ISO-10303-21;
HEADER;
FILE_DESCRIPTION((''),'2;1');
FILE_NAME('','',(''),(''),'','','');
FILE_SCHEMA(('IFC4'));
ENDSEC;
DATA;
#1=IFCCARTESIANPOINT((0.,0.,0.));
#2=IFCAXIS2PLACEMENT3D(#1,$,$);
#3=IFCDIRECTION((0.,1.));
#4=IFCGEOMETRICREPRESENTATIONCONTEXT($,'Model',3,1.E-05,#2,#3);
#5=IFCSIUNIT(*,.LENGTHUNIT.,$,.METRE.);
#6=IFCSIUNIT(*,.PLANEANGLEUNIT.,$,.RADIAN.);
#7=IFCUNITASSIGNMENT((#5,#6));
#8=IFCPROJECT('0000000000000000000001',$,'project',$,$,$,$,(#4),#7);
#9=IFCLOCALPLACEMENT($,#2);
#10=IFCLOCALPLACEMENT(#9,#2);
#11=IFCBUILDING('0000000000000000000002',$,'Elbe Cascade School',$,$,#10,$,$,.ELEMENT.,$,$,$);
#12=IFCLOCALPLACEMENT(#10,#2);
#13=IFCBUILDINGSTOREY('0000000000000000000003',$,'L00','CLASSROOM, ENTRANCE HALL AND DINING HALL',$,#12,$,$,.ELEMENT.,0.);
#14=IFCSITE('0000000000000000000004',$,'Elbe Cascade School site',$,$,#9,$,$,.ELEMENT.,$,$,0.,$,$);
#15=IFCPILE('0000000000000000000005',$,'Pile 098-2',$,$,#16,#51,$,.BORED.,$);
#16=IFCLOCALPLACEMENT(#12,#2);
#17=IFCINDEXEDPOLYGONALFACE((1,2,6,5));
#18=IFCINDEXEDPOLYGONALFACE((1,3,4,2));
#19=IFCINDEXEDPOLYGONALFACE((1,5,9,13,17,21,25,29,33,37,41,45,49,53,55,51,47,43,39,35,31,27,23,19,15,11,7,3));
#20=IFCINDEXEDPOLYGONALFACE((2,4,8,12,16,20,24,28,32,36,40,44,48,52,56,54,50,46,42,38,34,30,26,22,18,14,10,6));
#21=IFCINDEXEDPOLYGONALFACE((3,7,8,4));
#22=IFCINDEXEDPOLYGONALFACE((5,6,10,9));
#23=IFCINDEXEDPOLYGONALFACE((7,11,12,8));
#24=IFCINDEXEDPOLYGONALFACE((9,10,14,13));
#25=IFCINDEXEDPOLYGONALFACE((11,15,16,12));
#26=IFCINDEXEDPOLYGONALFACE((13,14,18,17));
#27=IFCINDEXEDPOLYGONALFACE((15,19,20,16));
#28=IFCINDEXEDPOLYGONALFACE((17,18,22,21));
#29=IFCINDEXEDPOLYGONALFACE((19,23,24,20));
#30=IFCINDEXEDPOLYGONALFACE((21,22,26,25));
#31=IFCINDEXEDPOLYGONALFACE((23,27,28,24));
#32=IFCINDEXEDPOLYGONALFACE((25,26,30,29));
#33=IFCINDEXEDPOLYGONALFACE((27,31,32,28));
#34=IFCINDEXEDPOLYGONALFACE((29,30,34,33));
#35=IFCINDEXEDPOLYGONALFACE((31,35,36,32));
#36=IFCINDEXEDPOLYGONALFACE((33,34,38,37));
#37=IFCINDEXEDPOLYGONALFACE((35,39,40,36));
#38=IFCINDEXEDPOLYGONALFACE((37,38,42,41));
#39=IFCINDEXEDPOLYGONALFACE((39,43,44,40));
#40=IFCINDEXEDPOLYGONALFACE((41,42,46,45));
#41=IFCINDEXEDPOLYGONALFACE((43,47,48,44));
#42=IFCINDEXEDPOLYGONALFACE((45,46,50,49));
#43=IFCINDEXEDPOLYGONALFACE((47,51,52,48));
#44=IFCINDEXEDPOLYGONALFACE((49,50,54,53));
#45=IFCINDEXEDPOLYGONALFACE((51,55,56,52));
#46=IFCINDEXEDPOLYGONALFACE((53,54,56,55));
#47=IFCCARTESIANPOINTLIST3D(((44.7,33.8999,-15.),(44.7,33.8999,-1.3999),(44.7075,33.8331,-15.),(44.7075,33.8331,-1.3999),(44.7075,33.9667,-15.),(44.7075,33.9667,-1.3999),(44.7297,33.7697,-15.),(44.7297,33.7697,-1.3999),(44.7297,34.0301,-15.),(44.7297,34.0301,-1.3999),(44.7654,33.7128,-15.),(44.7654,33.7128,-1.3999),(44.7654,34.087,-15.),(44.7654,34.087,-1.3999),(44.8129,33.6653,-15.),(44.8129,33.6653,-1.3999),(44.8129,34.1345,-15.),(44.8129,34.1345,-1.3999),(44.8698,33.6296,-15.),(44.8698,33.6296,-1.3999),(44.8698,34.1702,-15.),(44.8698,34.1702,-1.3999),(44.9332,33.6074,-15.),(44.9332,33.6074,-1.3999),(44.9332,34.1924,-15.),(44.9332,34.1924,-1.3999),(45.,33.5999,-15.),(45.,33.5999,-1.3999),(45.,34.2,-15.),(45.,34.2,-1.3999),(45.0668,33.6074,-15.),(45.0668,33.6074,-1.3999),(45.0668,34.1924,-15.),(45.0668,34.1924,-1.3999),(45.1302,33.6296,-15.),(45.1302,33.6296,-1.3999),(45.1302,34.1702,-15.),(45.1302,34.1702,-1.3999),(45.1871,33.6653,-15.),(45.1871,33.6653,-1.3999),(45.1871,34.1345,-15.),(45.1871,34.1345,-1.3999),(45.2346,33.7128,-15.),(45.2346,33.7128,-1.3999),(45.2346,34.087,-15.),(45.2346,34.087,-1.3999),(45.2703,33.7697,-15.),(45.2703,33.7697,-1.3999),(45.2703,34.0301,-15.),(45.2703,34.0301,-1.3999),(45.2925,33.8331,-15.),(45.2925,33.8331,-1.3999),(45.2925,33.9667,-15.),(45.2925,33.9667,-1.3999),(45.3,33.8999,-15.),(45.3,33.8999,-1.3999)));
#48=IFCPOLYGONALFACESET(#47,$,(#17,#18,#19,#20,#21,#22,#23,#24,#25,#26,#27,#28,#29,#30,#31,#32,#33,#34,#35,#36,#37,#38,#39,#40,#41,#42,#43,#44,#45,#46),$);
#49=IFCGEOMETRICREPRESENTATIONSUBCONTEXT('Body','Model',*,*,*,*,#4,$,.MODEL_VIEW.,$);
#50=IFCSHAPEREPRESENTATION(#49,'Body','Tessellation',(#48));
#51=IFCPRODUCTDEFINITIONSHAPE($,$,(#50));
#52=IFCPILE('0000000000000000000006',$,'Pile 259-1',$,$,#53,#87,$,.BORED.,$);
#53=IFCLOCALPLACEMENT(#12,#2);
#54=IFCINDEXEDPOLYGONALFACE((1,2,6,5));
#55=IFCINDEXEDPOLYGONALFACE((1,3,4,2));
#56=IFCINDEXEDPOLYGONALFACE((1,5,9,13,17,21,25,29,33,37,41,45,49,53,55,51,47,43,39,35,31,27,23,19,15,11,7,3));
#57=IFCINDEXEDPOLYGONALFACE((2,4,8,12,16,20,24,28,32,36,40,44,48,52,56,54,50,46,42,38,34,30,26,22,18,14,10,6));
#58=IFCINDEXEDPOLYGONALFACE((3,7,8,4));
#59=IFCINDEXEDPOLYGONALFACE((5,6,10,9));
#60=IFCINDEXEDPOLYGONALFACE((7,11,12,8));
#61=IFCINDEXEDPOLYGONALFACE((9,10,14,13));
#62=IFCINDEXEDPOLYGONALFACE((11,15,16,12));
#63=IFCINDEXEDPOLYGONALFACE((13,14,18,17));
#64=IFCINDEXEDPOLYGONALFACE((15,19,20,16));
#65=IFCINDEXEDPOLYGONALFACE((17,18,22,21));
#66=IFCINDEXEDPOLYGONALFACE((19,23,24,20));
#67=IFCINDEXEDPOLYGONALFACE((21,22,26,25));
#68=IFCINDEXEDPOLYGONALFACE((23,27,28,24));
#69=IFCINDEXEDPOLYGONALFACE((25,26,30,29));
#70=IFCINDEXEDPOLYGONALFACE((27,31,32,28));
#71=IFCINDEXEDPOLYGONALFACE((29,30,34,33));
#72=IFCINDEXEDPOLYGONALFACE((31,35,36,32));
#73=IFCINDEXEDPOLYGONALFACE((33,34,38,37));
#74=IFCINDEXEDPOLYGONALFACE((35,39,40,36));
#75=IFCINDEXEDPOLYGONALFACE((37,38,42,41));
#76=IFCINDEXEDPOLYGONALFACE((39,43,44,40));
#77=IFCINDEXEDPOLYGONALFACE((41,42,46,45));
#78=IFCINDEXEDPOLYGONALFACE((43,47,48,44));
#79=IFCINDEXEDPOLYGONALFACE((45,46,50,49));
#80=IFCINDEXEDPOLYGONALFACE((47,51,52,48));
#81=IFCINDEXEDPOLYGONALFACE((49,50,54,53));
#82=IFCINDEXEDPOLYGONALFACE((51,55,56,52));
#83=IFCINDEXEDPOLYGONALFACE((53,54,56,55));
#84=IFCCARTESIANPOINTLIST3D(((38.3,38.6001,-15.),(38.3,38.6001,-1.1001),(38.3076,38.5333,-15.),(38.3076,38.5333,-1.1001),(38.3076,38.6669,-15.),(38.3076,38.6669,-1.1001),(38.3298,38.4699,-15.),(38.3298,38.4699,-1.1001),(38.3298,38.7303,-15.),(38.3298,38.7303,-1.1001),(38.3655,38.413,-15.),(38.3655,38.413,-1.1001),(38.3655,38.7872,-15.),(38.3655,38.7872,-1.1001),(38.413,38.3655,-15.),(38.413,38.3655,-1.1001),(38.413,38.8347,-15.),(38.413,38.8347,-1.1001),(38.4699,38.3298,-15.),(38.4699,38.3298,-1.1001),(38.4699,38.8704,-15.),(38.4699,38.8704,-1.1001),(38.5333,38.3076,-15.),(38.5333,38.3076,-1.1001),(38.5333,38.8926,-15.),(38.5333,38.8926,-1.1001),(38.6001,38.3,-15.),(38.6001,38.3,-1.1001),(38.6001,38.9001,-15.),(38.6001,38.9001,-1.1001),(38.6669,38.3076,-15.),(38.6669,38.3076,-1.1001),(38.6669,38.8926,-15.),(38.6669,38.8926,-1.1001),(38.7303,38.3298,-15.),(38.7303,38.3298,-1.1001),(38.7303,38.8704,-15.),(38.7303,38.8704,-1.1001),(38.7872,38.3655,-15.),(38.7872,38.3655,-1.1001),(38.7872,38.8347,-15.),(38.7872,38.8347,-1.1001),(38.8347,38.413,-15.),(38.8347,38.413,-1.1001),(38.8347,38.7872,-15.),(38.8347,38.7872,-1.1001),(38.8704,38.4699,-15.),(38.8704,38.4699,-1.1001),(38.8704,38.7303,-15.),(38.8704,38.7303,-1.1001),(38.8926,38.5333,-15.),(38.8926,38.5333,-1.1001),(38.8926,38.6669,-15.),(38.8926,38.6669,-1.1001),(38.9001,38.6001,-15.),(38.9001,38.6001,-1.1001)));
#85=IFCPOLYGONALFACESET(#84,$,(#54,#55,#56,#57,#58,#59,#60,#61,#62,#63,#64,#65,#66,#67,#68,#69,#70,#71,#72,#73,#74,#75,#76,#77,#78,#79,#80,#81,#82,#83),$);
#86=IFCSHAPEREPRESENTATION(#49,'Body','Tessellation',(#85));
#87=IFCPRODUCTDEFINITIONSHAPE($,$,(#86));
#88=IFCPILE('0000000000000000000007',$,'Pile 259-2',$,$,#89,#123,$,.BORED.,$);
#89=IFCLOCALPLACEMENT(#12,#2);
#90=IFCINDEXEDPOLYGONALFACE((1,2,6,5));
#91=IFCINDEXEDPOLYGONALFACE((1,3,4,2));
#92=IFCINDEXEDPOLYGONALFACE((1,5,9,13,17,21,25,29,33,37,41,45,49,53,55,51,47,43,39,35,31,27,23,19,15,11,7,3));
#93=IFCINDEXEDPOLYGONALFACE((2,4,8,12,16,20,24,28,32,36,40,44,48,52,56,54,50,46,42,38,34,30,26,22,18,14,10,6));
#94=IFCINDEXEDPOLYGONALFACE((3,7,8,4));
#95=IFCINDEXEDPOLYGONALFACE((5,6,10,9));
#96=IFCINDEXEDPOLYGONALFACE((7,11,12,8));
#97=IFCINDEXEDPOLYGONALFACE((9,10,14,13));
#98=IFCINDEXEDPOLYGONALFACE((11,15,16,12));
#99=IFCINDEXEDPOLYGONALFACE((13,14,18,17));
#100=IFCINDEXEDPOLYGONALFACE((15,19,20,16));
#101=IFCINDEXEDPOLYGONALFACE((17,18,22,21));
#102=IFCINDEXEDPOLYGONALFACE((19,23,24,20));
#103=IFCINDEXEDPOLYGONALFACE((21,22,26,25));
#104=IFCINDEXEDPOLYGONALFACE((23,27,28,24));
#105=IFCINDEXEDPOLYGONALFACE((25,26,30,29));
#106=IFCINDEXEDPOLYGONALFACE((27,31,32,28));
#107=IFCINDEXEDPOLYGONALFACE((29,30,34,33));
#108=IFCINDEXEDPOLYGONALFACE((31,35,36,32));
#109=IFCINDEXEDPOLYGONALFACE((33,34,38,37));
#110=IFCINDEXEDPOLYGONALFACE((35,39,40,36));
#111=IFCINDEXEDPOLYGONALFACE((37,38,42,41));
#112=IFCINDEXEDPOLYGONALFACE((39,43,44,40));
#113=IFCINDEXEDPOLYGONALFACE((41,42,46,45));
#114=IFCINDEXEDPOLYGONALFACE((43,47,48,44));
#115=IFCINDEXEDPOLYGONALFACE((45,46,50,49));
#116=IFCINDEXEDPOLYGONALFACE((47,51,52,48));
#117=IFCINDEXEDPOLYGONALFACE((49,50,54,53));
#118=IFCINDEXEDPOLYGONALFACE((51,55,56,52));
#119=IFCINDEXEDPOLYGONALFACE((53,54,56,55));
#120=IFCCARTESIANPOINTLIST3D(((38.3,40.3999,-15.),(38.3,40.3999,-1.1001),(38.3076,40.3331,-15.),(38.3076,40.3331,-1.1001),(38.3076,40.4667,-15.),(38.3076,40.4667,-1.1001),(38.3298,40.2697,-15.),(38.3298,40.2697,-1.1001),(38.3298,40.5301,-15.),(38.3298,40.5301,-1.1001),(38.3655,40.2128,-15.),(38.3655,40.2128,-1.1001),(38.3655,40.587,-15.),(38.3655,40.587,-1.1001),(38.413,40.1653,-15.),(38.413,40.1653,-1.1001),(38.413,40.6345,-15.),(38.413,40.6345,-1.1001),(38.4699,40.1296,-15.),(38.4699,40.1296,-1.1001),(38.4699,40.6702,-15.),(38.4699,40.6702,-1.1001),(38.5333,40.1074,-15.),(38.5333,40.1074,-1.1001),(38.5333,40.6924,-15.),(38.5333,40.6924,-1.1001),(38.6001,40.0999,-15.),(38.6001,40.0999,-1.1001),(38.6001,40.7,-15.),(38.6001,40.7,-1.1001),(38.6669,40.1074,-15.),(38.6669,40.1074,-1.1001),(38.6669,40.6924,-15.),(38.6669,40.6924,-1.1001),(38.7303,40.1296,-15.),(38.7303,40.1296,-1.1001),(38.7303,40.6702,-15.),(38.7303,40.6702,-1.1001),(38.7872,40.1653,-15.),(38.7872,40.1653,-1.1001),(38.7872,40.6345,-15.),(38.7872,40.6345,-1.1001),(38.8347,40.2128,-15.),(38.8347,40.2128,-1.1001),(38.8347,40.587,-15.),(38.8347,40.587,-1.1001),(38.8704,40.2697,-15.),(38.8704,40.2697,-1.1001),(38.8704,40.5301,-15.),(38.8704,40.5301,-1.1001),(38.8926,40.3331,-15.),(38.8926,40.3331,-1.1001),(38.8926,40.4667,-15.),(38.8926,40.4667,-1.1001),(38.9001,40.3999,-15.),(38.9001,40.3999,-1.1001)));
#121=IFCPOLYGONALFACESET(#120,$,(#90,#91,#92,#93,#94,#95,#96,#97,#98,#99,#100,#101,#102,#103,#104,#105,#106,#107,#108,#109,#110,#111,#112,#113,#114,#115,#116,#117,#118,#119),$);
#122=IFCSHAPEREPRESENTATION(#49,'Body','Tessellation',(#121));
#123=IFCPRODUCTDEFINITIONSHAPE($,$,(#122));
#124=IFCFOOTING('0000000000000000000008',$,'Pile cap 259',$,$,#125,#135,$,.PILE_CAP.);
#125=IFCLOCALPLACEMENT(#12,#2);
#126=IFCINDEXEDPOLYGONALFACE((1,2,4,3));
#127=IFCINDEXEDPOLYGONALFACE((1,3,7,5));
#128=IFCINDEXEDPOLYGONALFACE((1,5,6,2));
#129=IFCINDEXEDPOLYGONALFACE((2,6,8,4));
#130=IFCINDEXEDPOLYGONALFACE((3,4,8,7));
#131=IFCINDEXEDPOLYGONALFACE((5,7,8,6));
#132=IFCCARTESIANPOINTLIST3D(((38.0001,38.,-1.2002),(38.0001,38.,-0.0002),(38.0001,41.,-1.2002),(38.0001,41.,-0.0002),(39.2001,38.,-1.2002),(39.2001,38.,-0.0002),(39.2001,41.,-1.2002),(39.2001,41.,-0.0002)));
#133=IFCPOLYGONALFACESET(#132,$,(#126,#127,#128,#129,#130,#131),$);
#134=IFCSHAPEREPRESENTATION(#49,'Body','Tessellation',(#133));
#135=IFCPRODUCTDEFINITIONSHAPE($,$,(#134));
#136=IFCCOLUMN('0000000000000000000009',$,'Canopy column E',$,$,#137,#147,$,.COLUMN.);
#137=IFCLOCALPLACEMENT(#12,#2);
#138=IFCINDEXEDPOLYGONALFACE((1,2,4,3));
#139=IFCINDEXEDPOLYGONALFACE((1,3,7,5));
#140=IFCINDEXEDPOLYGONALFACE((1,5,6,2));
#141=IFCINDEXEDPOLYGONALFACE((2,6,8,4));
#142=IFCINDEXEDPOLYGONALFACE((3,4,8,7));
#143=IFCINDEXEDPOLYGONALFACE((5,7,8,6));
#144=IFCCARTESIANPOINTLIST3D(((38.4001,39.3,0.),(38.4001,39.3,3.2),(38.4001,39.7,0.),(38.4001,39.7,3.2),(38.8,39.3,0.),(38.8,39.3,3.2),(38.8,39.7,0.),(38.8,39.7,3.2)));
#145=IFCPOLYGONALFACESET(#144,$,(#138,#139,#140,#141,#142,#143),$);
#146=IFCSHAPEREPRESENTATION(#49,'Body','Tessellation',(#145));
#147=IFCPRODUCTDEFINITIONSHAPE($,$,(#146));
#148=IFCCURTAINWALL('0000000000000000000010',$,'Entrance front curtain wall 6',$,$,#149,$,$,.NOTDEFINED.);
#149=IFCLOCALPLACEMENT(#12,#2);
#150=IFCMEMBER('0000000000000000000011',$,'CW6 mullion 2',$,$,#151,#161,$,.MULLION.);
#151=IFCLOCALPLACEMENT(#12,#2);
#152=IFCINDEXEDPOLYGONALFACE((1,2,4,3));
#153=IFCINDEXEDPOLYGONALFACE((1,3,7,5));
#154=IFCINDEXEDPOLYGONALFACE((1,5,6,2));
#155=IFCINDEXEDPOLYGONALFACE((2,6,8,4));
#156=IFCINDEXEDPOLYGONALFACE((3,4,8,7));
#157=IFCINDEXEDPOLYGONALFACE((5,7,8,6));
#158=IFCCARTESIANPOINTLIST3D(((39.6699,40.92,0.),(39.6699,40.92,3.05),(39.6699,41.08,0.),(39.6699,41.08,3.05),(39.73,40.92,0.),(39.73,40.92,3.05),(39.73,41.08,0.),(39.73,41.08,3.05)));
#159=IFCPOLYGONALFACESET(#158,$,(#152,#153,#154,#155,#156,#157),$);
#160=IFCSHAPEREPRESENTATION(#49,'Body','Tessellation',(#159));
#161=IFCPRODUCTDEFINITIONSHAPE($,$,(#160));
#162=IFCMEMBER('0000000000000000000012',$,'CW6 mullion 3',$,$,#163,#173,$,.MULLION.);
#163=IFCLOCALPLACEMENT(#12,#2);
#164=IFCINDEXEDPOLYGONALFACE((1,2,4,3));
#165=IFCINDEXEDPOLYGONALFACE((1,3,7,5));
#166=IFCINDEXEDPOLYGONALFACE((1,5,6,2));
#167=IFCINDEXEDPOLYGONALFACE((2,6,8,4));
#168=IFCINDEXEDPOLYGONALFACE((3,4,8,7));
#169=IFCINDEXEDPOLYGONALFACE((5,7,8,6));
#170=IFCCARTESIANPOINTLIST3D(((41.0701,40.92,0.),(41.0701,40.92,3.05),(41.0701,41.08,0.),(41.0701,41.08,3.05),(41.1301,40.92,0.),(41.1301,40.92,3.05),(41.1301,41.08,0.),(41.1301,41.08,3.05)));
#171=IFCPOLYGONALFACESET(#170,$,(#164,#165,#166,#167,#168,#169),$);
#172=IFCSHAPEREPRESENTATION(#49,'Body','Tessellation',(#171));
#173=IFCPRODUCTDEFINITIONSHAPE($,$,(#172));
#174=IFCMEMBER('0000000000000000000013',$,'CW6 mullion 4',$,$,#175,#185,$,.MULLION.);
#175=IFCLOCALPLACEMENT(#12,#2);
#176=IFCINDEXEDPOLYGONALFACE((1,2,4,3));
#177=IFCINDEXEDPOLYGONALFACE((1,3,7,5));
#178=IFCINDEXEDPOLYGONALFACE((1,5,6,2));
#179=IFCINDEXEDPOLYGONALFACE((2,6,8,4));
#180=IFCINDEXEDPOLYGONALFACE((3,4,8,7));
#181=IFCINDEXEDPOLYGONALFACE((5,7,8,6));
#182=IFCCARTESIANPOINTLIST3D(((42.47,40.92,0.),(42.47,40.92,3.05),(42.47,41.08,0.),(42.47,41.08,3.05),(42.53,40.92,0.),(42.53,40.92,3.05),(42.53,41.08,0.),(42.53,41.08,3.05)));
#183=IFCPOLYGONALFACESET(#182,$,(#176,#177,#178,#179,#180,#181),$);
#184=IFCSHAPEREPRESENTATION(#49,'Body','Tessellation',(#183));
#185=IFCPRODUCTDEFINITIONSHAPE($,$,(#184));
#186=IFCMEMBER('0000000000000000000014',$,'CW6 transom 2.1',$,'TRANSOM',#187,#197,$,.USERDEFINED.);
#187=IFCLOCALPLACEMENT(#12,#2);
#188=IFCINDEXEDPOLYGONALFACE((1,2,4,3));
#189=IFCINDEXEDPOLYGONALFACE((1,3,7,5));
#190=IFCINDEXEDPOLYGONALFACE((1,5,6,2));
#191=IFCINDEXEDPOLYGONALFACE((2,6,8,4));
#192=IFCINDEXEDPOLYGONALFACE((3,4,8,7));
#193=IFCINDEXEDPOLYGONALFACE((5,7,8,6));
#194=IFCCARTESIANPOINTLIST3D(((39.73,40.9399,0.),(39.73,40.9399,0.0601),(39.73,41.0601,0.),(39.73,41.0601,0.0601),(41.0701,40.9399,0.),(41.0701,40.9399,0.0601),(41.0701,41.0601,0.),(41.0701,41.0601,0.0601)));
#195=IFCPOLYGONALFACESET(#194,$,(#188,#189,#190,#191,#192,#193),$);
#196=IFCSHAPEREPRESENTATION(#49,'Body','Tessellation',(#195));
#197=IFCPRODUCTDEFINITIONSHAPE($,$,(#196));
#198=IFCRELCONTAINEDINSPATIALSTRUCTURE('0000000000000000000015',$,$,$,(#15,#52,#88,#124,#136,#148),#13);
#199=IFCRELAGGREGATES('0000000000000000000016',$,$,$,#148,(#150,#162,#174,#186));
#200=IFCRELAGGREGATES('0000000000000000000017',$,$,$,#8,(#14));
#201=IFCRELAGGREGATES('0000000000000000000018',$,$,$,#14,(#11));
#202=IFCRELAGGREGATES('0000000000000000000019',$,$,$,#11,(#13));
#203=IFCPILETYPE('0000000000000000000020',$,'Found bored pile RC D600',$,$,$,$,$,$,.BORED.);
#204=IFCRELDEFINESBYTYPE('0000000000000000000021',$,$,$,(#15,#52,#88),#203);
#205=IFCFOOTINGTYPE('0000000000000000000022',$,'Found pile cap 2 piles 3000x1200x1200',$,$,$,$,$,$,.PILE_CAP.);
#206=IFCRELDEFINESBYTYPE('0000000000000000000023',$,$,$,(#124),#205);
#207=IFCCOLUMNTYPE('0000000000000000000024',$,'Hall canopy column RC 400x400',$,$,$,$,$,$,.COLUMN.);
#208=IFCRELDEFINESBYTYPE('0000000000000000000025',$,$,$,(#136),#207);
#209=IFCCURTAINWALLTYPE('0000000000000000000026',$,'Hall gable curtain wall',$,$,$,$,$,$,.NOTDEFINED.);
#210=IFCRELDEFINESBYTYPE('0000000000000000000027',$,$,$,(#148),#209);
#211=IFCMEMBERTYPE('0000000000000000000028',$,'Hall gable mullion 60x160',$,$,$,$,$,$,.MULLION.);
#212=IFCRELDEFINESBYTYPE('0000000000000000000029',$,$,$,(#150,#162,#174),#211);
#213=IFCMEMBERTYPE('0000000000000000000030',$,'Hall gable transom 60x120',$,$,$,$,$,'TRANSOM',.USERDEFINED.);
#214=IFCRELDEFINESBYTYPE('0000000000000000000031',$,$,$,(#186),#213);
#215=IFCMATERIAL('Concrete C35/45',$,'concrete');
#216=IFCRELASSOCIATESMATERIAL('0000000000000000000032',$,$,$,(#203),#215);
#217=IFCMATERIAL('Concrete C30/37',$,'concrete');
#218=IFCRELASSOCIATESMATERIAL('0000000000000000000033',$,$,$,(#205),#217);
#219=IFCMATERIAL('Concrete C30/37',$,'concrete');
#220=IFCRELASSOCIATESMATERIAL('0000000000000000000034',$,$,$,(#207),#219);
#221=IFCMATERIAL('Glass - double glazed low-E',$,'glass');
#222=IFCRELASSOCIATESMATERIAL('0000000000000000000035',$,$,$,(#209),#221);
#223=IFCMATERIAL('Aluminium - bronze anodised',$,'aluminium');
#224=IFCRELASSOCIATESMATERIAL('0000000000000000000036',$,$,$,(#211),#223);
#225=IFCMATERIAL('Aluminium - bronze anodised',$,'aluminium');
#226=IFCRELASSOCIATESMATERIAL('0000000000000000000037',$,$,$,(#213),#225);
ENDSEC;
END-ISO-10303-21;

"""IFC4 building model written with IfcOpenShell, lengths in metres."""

from ifc_helpers import new_model, si_unit, direction, frame, origin, origin_2d, place, context, subcontext, project, spatial, rectangle, circle, extrude, material, material_profile, profile_set, type_object, element, aggregate, save


model = new_model("IFC4")

# Units and contexts
model_context = context("Model", 3, precision=1e-05, world=origin(), true_north=direction((0.0, 1.0)))
body_context = subcontext(model_context, "Body", "Model", "MODEL_VIEW")
ifc_project = project(units=[si_unit("LENGTHUNIT", "METRE"), si_unit("PLANEANGLEUNIT", "RADIAN")], contexts=[model_context])

# Site, building, storey
site_placement = place(None, origin())
site = spatial("IfcSite", under=ifc_project, at=site_placement, Name="Elbe Cascade School site", CompositionType="ELEMENT", RefElevation=0.0)
building_placement = place(site_placement, origin())
building = spatial("IfcBuilding", under=site, at=building_placement, Name="Elbe Cascade School", CompositionType="ELEMENT")
storey_placement = place(building_placement, origin())
storey = spatial("IfcBuildingStorey", under=building, at=storey_placement, Name="L00", Description="CLASSROOM, ENTRANCE HALL AND DINING HALL", CompositionType="ELEMENT", Elevation=0.0)

# Piles
ifc_material_1 = material(Name="Concrete C35/45", Category="concrete")
ifc_material_profile_1 = material_profile(ifc_material_1, circle(Radius=0.3, at=origin_2d()), Name="RC D600")
ifc_profile_set_1 = profile_set([ifc_material_profile_1], Name="Concrete C35/45")
pile_type = type_object("IfcPileType", Name="Found bored pile RC D600", PredefinedType="BORED", material=ifc_profile_set_1)
pile_placement = place(storey_placement, frame((45.0, 33.8999, -1.3999), z_axis=(0.0, 0.0, -1.0), x_axis=(1.0, 0.0, 0.0)))
element("IfcPile", 1, at=pile_placement, inside=storey, type_object=pile_type, Name="Pile 098-2", PredefinedType="BORED", context=body_context, shape_type="SweptSolid", body=[
    extrude(circle(Radius=0.3, at=origin_2d()), origin(), (0.0, 0.0, 1.0), 13.6001),
])
for number, where, z_axis, x_axis, name in (
    (2, (38.6001, 38.6001, -1.1001), (0.0, 0.0, -1.0), (1.0, 0.0, 0.0), "Pile 259-1"),
    (3, (38.6001, 40.3999, -1.1001), (0.0, 0.0, -1.0), (1.0, 0.0, 0.0), "Pile 259-2"),
):
    element("IfcPile", number, at=place(storey_placement, frame(where, z_axis=z_axis, x_axis=x_axis)), inside=storey, type_object=pile_type, Name=name, PredefinedType="BORED", context=body_context, shape_type="SweptSolid", body=[
        extrude(circle(Radius=0.3, at=origin_2d()), origin(), (0.0, 0.0, 1.0), 13.8999),
    ])

# Footing
ifc_material_2 = material(Name="Concrete C30/37", Category="concrete")
footing_type = type_object("IfcFootingType", Name="Found pile cap 2 piles 3000x1200x1200", PredefinedType="PILE_CAP", material=ifc_material_2)
footing_placement = place(storey_placement, frame((38.6001, 39.5, -1.2002), z_axis=(0.0, 0.0, 1.0), x_axis=(1.0, 0.0, 0.0)))
element("IfcFooting", 4, at=footing_placement, inside=storey, type_object=footing_type, Name="Pile cap 259", PredefinedType="PILE_CAP", context=body_context, shape_type="SweptSolid", body=[
    extrude(rectangle(XDim=1.2, YDim=3.0, at=origin_2d()), origin(), (0.0, 0.0, 1.0), 1.2),
])

# Column
ifc_material_3 = material(Name="Concrete C30/37", Category="concrete")
ifc_material_profile_2 = material_profile(ifc_material_3, rectangle(XDim=0.3999, YDim=0.3999, at=origin_2d()), Name="RC 400x400")
ifc_profile_set_2 = profile_set([ifc_material_profile_2], Name="Concrete C30/37")
column_type = type_object("IfcColumnType", Name="Hall canopy column RC 400x400", PredefinedType="COLUMN", material=ifc_profile_set_2)
column_placement = place(storey_placement, frame((38.6001, 39.5, 0.0), z_axis=(0.0, 0.0, 1.0), x_axis=(1.0, 0.0, 0.0)))
element("IfcColumn", 5, at=column_placement, inside=storey, type_object=column_type, Name="Canopy column E", PredefinedType="COLUMN", context=body_context, shape_type="SweptSolid", body=[
    extrude(rectangle(XDim=0.3999, YDim=0.3999, at=origin_2d()), origin(), (0.0, 0.0, 1.0), 3.2),
])

# Curtain wall, members
ifc_material_4 = material(Name="Glass - double glazed low-E", Category="glass")
curtain_wall_type = type_object("IfcCurtainWallType", Name="Hall gable curtain wall", PredefinedType="NOTDEFINED", material=ifc_material_4)
curtain_wall_placement = place(storey_placement, origin())
curtain_wall = element("IfcCurtainWall", 6, at=curtain_wall_placement, inside=storey, type_object=curtain_wall_type, Name="Entrance front curtain wall 6", PredefinedType="NOTDEFINED")
ifc_material_5 = material(Name="Aluminium - bronze anodised", Category="aluminium")
ifc_material_profile_3 = material_profile(ifc_material_5, rectangle(XDim=0.1599, YDim=0.0601, at=origin_2d()), Name="Alu 60x160")
ifc_profile_set_3 = profile_set([ifc_material_profile_3], Name="Aluminium - bronze anodised")
member_type_1 = type_object("IfcMemberType", Name="Hall gable mullion 60x160", PredefinedType="MULLION", material=ifc_profile_set_3)
member_1_placement = place(storey_placement, frame((39.7, 41.0, 0.0), z_axis=(0.0, 0.0, 1.0), x_axis=(0.0, 1.0, 0.0)))
member_1 = element("IfcMember", 7, at=member_1_placement, type_object=member_type_1, Name="CW6 mullion 2", PredefinedType="MULLION", context=body_context, shape_type="SweptSolid", body=[
    extrude(rectangle(XDim=0.1599, YDim=0.0601, at=origin_2d()), origin(), (0.0, 0.0, 1.0), 3.05),
])
member_2_placement = place(storey_placement, frame((41.1001, 41.0, 0.0), z_axis=(0.0, 0.0, 1.0), x_axis=(0.0, 1.0, 0.0)))
member_2 = element("IfcMember", 8, at=member_2_placement, type_object=member_type_1, Name="CW6 mullion 3", PredefinedType="MULLION", context=body_context, shape_type="SweptSolid", body=[
    extrude(rectangle(XDim=0.1599, YDim=0.0601, at=origin_2d()), origin(), (0.0, 0.0, 1.0), 3.05),
])
member_3_placement = place(storey_placement, frame((42.5, 41.0, 0.0), z_axis=(0.0, 0.0, 1.0), x_axis=(0.0, 1.0, 0.0)))
member_3 = element("IfcMember", 9, at=member_3_placement, type_object=member_type_1, Name="CW6 mullion 4", PredefinedType="MULLION", context=body_context, shape_type="SweptSolid", body=[
    extrude(rectangle(XDim=0.1599, YDim=0.0601, at=origin_2d()), origin(), (0.0, 0.0, 1.0), 3.05),
])
ifc_material_6 = material(Name="Aluminium - bronze anodised", Category="aluminium")
ifc_material_profile_4 = material_profile(ifc_material_6, rectangle(XDim=0.1201, YDim=0.0601, at=origin_2d()), Name="Alu 60x120")
ifc_profile_set_4 = profile_set([ifc_material_profile_4], Name="Aluminium - bronze anodised")
member_type_2 = type_object("IfcMemberType", Name="Hall gable transom 60x120", ElementType="TRANSOM", PredefinedType="USERDEFINED", material=ifc_profile_set_4)
member_4_placement = place(storey_placement, frame((39.73, 41.0, 0.03), z_axis=(1.0, 0.0, 0.0), x_axis=(0.0, 1.0, 0.0)))
member_4 = element("IfcMember", 10, at=member_4_placement, type_object=member_type_2, Name="CW6 transom 2.1", ObjectType="TRANSOM", PredefinedType="USERDEFINED", context=body_context, shape_type="SweptSolid", body=[
    extrude(rectangle(XDim=0.1201, YDim=0.0601, at=origin_2d()), origin(), (0.0, 0.0, 1.0), 1.3401),
])
aggregate(curtain_wall, [member_1, member_2, member_3, member_4])

save(model, "model.ifc")
